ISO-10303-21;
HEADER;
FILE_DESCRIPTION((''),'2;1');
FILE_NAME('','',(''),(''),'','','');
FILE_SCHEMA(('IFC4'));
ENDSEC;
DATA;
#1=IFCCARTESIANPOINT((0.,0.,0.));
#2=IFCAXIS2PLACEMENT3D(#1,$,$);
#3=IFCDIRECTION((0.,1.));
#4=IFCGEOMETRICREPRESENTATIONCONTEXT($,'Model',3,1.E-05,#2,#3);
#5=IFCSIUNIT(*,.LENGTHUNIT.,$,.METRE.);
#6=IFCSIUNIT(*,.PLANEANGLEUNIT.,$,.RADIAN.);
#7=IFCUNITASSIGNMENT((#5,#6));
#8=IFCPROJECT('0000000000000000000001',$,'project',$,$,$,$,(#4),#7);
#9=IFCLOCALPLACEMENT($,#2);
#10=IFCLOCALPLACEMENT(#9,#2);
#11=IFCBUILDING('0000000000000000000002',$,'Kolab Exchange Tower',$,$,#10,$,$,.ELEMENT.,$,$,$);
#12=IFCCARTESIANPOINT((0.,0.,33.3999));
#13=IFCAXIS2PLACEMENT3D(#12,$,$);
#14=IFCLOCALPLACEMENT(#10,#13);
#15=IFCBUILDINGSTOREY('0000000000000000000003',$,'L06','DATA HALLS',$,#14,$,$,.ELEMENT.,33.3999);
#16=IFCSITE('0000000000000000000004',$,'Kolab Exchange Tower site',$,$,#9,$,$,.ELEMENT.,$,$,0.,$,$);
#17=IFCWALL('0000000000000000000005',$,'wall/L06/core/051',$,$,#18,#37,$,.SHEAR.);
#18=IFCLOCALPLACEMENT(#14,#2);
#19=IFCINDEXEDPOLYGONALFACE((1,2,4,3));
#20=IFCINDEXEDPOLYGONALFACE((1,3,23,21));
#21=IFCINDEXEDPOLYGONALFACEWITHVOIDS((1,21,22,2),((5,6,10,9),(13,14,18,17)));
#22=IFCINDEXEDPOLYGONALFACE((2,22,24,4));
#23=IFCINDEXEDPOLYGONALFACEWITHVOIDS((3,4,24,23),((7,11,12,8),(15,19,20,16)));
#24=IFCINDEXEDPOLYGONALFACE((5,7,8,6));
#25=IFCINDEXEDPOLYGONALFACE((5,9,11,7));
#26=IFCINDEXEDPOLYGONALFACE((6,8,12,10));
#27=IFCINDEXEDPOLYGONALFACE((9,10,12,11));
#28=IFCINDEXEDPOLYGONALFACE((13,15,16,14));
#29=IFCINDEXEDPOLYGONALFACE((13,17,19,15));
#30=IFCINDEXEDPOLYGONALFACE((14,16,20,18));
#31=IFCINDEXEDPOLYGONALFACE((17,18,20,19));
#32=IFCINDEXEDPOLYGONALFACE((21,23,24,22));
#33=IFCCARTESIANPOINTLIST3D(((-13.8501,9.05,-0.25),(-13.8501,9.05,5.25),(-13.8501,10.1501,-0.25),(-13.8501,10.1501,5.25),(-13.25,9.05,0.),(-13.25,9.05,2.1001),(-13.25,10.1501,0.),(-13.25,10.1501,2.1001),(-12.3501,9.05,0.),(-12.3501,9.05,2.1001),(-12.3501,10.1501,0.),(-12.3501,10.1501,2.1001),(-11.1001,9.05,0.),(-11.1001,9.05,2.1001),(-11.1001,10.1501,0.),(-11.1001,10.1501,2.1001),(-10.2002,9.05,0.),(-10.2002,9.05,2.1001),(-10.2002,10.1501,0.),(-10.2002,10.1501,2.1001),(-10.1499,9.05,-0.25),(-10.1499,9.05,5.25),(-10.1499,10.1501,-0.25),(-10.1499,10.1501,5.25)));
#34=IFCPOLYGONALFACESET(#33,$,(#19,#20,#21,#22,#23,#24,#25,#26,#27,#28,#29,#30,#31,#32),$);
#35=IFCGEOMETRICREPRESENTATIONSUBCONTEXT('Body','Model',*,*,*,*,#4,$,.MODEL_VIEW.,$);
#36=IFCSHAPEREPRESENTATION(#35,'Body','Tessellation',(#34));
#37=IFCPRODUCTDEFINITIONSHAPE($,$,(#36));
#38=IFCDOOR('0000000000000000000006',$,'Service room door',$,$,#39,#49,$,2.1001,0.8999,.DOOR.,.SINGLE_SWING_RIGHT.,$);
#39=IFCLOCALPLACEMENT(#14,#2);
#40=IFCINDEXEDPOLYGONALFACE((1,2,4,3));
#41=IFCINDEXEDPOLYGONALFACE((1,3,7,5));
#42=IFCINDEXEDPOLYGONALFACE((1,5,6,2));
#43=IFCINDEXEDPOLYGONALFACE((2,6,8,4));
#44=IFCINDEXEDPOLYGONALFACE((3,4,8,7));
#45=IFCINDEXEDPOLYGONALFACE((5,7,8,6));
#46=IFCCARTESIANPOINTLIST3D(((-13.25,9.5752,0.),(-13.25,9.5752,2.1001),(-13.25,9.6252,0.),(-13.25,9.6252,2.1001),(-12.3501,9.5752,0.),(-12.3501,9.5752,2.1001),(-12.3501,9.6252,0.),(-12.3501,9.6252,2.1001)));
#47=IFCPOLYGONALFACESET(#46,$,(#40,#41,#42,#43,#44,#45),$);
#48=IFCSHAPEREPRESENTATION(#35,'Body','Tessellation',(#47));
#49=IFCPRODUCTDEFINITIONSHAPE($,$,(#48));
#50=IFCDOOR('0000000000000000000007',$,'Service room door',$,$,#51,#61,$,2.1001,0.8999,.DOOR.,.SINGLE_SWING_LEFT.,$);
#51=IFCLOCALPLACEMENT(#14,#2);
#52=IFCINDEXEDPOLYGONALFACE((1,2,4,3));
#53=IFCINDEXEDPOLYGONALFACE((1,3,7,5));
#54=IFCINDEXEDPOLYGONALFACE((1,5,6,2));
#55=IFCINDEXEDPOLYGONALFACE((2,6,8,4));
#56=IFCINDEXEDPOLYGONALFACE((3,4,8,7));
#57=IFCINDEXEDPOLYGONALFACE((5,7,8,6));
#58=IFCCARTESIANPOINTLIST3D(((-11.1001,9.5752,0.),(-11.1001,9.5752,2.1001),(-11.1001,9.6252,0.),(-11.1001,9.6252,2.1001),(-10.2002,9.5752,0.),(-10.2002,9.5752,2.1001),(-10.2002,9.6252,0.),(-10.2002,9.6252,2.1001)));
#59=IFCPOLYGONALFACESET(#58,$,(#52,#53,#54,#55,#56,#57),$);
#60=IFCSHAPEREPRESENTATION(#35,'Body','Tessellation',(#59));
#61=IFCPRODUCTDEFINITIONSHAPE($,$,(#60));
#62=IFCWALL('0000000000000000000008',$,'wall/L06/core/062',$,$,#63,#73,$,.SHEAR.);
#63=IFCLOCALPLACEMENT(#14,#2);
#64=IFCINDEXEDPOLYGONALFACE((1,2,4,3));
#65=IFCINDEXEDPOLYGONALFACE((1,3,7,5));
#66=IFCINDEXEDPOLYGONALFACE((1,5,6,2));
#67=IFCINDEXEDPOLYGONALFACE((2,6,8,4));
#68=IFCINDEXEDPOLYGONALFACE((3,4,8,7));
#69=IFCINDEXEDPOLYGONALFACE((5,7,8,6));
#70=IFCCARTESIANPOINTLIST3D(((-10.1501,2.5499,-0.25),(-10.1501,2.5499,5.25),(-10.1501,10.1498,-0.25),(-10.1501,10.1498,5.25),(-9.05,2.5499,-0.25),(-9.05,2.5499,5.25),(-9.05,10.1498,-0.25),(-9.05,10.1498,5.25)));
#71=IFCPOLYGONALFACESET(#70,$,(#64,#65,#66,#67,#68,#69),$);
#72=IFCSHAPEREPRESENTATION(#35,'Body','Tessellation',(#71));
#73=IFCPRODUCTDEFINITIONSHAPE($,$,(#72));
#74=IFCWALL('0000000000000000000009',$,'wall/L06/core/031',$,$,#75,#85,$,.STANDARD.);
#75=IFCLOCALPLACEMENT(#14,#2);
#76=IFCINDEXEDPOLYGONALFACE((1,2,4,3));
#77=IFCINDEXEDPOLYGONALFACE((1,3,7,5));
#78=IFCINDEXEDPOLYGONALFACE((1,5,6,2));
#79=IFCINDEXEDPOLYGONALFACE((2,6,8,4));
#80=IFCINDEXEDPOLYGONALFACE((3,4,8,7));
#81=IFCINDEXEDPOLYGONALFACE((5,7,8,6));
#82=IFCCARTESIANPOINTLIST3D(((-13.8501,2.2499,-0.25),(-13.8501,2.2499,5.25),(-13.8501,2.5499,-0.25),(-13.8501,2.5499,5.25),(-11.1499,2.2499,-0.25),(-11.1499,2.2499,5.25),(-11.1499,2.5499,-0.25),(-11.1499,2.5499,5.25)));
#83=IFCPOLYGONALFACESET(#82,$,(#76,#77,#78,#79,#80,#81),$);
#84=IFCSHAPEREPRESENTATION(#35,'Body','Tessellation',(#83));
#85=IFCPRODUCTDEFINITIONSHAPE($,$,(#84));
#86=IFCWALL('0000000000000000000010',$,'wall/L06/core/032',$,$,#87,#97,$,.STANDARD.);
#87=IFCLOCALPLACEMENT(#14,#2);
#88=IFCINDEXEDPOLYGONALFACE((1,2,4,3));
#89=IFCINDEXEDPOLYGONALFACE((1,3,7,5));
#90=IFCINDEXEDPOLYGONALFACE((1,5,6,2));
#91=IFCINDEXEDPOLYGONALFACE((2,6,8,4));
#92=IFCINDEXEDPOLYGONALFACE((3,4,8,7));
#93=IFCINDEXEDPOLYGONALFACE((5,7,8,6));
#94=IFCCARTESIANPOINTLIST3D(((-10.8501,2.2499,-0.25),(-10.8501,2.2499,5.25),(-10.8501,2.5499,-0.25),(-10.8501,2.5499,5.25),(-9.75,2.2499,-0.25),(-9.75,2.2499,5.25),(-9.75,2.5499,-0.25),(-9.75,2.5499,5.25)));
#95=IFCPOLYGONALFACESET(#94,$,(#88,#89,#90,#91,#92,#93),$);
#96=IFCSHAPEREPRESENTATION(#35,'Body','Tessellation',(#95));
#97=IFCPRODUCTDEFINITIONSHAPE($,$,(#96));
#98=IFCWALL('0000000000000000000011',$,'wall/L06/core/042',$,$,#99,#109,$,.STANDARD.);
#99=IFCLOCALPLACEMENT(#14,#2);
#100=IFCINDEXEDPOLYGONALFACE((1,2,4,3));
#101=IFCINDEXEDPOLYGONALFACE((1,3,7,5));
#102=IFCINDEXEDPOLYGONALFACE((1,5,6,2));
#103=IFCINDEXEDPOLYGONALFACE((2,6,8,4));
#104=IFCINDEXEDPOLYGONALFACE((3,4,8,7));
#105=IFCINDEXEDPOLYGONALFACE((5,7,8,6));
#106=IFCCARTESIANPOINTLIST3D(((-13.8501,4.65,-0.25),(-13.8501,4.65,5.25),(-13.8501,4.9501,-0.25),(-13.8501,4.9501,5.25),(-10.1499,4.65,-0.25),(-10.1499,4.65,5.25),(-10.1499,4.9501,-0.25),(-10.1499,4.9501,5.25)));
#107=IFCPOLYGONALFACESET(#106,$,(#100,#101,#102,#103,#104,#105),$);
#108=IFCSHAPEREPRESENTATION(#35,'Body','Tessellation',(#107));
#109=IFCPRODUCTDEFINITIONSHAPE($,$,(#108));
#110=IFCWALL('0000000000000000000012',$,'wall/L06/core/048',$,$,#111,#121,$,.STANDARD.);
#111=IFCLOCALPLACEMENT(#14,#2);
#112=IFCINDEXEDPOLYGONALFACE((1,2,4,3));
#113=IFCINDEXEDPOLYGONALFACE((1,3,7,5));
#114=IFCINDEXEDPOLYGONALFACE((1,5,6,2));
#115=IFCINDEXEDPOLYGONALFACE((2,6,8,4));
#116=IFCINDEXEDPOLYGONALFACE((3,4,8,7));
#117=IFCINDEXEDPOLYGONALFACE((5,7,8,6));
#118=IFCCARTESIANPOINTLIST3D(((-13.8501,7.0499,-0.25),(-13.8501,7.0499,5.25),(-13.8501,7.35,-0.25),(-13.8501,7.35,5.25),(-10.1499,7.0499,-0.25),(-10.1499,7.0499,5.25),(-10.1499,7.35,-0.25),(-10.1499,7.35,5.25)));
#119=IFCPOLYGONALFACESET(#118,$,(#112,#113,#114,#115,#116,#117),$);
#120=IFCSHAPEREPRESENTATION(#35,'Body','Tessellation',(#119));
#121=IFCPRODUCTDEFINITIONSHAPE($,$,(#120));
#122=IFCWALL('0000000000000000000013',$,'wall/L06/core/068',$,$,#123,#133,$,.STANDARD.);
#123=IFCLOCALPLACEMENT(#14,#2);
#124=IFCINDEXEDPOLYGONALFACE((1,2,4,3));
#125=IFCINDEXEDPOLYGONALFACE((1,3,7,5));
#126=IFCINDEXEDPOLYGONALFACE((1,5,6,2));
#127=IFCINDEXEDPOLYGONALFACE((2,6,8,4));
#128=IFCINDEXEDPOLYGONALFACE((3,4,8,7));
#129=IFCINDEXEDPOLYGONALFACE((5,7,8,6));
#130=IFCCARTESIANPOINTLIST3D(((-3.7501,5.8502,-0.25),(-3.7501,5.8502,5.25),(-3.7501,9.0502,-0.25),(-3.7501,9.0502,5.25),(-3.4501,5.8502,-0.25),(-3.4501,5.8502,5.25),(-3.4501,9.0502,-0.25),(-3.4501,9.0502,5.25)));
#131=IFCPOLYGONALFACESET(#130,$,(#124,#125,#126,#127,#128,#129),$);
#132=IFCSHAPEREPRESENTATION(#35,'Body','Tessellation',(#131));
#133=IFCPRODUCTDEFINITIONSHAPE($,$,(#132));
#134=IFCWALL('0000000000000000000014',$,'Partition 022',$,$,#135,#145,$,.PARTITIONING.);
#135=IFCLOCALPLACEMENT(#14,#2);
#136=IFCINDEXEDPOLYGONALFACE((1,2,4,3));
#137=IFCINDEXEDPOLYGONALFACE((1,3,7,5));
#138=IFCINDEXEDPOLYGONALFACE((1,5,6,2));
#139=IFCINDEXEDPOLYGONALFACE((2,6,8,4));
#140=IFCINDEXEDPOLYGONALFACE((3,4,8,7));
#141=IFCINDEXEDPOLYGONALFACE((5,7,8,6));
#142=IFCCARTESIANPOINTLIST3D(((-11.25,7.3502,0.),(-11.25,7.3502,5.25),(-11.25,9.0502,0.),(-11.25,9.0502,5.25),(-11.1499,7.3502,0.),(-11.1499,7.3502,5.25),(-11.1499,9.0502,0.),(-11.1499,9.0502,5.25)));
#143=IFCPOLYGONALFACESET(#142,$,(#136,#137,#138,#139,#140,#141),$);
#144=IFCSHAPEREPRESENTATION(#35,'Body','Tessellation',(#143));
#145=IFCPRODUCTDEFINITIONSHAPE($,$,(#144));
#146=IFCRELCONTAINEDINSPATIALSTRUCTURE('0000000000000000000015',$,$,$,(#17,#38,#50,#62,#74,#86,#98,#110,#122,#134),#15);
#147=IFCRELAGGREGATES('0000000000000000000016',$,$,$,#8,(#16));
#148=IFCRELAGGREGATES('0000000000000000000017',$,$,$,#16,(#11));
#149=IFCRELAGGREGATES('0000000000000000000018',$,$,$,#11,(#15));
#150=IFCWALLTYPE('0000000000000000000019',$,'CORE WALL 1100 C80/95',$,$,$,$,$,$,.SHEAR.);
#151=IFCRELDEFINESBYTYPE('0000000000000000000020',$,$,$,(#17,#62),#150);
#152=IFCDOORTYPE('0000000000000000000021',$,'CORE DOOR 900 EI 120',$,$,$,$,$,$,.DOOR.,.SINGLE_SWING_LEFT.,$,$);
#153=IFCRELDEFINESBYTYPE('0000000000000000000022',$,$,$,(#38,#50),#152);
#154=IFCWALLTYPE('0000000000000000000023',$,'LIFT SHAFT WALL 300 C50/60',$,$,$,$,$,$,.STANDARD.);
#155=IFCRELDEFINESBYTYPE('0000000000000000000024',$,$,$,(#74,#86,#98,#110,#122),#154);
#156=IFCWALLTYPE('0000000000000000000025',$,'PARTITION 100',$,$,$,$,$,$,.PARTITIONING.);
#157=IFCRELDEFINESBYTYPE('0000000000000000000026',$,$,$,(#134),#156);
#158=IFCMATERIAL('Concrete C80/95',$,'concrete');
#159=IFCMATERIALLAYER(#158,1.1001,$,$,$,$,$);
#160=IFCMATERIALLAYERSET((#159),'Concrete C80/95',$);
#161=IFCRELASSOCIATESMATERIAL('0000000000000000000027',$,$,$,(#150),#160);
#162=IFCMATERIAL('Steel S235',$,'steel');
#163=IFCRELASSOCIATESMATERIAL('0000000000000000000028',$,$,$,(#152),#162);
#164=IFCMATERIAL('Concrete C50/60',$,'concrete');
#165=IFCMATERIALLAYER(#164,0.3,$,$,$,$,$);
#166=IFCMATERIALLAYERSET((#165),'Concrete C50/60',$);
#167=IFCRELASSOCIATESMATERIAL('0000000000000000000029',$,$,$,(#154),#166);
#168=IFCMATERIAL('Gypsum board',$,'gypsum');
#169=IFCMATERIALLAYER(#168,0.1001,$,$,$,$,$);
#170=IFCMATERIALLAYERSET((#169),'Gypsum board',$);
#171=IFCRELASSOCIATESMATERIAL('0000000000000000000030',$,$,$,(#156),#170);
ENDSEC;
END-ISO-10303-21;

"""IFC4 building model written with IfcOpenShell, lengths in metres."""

from ifc_helpers import new_model, si_unit, direction, frame, frame_2d, origin, place, context, subcontext, project, spatial, rectangle, extrude, material, layer, layer_set, type_object, element, fill, save


model = new_model("IFC4")

# Units and contexts
model_context = context("Model", 3, precision=1e-05, world=origin(), true_north=direction((0.0, 1.0)))
body_context = subcontext(model_context, "Body", "Model", "MODEL_VIEW")
ifc_project = project(units=[si_unit("LENGTHUNIT", "METRE"), si_unit("PLANEANGLEUNIT", "RADIAN")], contexts=[model_context])

# Site, building, storey
site_placement = place(None, origin())
site = spatial("IfcSite", under=ifc_project, at=site_placement, Name="Kolab Exchange Tower site", CompositionType="ELEMENT", RefElevation=0.0)
building_placement = place(site_placement, origin())
building = spatial("IfcBuilding", under=site, at=building_placement, Name="Kolab Exchange Tower", CompositionType="ELEMENT")
storey_placement = place(building_placement, frame((0.0, 0.0, 33.3999)))
storey = spatial("IfcBuildingStorey", under=building, at=storey_placement, Name="L06", Description="DATA HALLS", CompositionType="ELEMENT", Elevation=33.3999)

# Wall, openings, doors
ifc_material_1 = material(Name="Concrete C80/95", Category="concrete")
ifc_layer_1 = layer(ifc_material_1, 1.1001)
ifc_layer_set_1 = layer_set([ifc_layer_1], Name="Concrete C80/95")
wall_type_1 = type_object("IfcWallType", Name="CORE WALL 1100 C80/95", PredefinedType="SHEAR", material=ifc_layer_set_1)
wall_1_placement = place(storey_placement, frame((-13.8501, 9.6001, -0.25), z_axis=(0.0, 0.0, 1.0), x_axis=(1.0, 0.0, 0.0)))
wall_1 = element("IfcWall", 1, at=wall_1_placement, inside=storey, type_object=wall_type_1, Name="wall/L06/core/051", PredefinedType="SHEAR", context=body_context, shape_type="SweptSolid", body=[
    extrude(rectangle(XDim=3.7002, YDim=1.1001, at=frame_2d((1.8501, 0.0))), origin(), (0.0, 0.0, 1.0), 5.5),
])
opening_1_placement = place(wall_1_placement, frame((0.6001, 0.0, 0.25)))
opening_1 = element("IfcOpeningElement", 2, at=opening_1_placement, cuts=wall_1, PredefinedType="OPENING", context=body_context, shape_type="SweptSolid", body=[
    extrude(rectangle(XDim=0.8999, YDim=2.1001, at=frame_2d((0.45, 1.05))), frame((0.0, 0.5601, 0.0), z_axis=(0.0, -1.0, 0.0), x_axis=(1.0, 0.0, 0.0)), (0.0, 0.0, 1.0), 1.1201),
])
opening_2_placement = place(wall_1_placement, frame((2.75, 0.0, 0.25)))
opening_2 = element("IfcOpeningElement", 3, at=opening_2_placement, cuts=wall_1, PredefinedType="OPENING", context=body_context, shape_type="SweptSolid", body=[
    extrude(rectangle(XDim=0.8999, YDim=2.1001, at=frame_2d((0.45, 1.05))), frame((0.0, 0.5601, 0.0), z_axis=(0.0, -1.0, 0.0), x_axis=(1.0, 0.0, 0.0)), (0.0, 0.0, 1.0), 1.1201),
])
ifc_material_2 = material(Name="Steel S235", Category="steel")
door_type_1 = type_object("IfcDoorType", Name="CORE DOOR 900 EI 120", OperationType="SINGLE_SWING_LEFT", PredefinedType="DOOR", material=ifc_material_2)
door_1_placement = place(opening_1_placement, frame((0.8999, 0.0, 0.0), z_axis=(0.0, 0.0, 1.0), x_axis=(-1.0, 0.0, 0.0)))
door_1 = element("IfcDoor", 4, at=door_1_placement, inside=storey, type_object=door_type_1, Name="Service room door", OperationType="SINGLE_SWING_RIGHT", OverallHeight=2.1001, OverallWidth=0.8999, PredefinedType="DOOR", context=body_context, shape_type="SweptSolid", body=[
    extrude(rectangle(XDim=0.8999, YDim=2.1001, at=frame_2d((0.45, 1.05))), frame((0.0, 0.0249, 0.0), z_axis=(0.0, -1.0, 0.0), x_axis=(1.0, 0.0, 0.0)), (0.0, 0.0, 1.0), 0.05),
])
fill(opening_1, door_1)
door_2_placement = place(opening_2_placement, frame((0.8999, 0.0, 0.0), z_axis=(0.0, 0.0, 1.0), x_axis=(-1.0, 0.0, 0.0)))
door_2 = element("IfcDoor", 5, at=door_2_placement, inside=storey, type_object=door_type_1, Name="Service room door", OperationType="SINGLE_SWING_LEFT", OverallHeight=2.1001, OverallWidth=0.8999, PredefinedType="DOOR", context=body_context, shape_type="SweptSolid", body=[
    extrude(rectangle(XDim=0.8999, YDim=2.1001, at=frame_2d((0.45, 1.05))), frame((0.0, 0.0249, 0.0), z_axis=(0.0, -1.0, 0.0), x_axis=(1.0, 0.0, 0.0)), (0.0, 0.0, 1.0), 0.05),
])
fill(opening_2, door_2)

# Walls
wall_2_placement = place(storey_placement, frame((-9.6001, 2.55, -0.25), z_axis=(0.0, 0.0, 1.0), x_axis=(0.0, 1.0, 0.0)))
element("IfcWall", 6, at=wall_2_placement, inside=storey, type_object=wall_type_1, Name="wall/L06/core/062", PredefinedType="SHEAR", context=body_context, shape_type="SweptSolid", body=[
    extrude(rectangle(XDim=7.5999, YDim=1.1001, at=frame_2d((3.7998, 0.0))), origin(), (0.0, 0.0, 1.0), 5.5),
])
ifc_material_3 = material(Name="Concrete C50/60", Category="concrete")
ifc_layer_2 = layer(ifc_material_3, 0.3)
ifc_layer_set_2 = layer_set([ifc_layer_2], Name="Concrete C50/60")
wall_type_2 = type_object("IfcWallType", Name="LIFT SHAFT WALL 300 C50/60", PredefinedType="STANDARD", material=ifc_layer_set_2)
wall_3_placement = place(storey_placement, frame((-13.8501, 2.3999, -0.25), z_axis=(0.0, 0.0, 1.0), x_axis=(1.0, 0.0, 0.0)))
element("IfcWall", 7, at=wall_3_placement, inside=storey, type_object=wall_type_2, Name="wall/L06/core/031", PredefinedType="STANDARD", context=body_context, shape_type="SweptSolid", body=[
    extrude(rectangle(XDim=2.7002, YDim=0.3, at=frame_2d((1.3501, 0.0))), origin(), (0.0, 0.0, 1.0), 5.5),
])
wall_4_placement = place(storey_placement, frame((-10.8501, 2.3999, -0.25), z_axis=(0.0, 0.0, 1.0), x_axis=(1.0, 0.0, 0.0)))
element("IfcWall", 8, at=wall_4_placement, inside=storey, type_object=wall_type_2, Name="wall/L06/core/032", PredefinedType="STANDARD", context=body_context, shape_type="SweptSolid", body=[
    extrude(rectangle(XDim=1.1001, YDim=0.3, at=frame_2d((0.55, 0.0))), origin(), (0.0, 0.0, 1.0), 5.5),
])
for number, where, z_axis, x_axis, name in (
    (9, (-13.8501, 4.8, -0.25), (0.0, 0.0, 1.0), (1.0, 0.0, 0.0), "wall/L06/core/042"),
    (10, (-13.8501, 7.2, -0.25), (0.0, 0.0, 1.0), (1.0, 0.0, 0.0), "wall/L06/core/048"),
):
    element("IfcWall", number, at=place(storey_placement, frame(where, z_axis=z_axis, x_axis=x_axis)), inside=storey, type_object=wall_type_2, Name=name, PredefinedType="STANDARD", context=body_context, shape_type="SweptSolid", body=[
        extrude(rectangle(XDim=3.7002, YDim=0.3, at=frame_2d((1.8501, 0.0))), origin(), (0.0, 0.0, 1.0), 5.5),
    ])
wall_5_placement = place(storey_placement, frame((-3.6001, 5.8501, -0.25), z_axis=(0.0, 0.0, 1.0), x_axis=(0.0, 1.0, 0.0)))
element("IfcWall", 11, at=wall_5_placement, inside=storey, type_object=wall_type_2, Name="wall/L06/core/068", PredefinedType="STANDARD", context=body_context, shape_type="SweptSolid", body=[
    extrude(rectangle(XDim=3.2, YDim=0.3, at=frame_2d((1.6001, 0.0))), origin(), (0.0, 0.0, 1.0), 5.5),
])
ifc_material_4 = material(Name="Gypsum board", Category="gypsum")
ifc_layer_3 = layer(ifc_material_4, 0.1001)
ifc_layer_set_3 = layer_set([ifc_layer_3], Name="Gypsum board")
wall_type_3 = type_object("IfcWallType", Name="PARTITION 100", PredefinedType="PARTITIONING", material=ifc_layer_set_3)
wall_6_placement = place(storey_placement, frame((-11.2, 7.3501, 0.0), z_axis=(0.0, 0.0, 1.0), x_axis=(0.0, 1.0, 0.0)))
element("IfcWall", 12, at=wall_6_placement, inside=storey, type_object=wall_type_3, Name="Partition 022", PredefinedType="PARTITIONING", context=body_context, shape_type="SweptSolid", body=[
    extrude(rectangle(XDim=1.7, YDim=0.1001, at=frame_2d((0.8501, 0.0))), origin(), (0.0, 0.0, 1.0), 5.25),
])

save(model, "model.ifc")
